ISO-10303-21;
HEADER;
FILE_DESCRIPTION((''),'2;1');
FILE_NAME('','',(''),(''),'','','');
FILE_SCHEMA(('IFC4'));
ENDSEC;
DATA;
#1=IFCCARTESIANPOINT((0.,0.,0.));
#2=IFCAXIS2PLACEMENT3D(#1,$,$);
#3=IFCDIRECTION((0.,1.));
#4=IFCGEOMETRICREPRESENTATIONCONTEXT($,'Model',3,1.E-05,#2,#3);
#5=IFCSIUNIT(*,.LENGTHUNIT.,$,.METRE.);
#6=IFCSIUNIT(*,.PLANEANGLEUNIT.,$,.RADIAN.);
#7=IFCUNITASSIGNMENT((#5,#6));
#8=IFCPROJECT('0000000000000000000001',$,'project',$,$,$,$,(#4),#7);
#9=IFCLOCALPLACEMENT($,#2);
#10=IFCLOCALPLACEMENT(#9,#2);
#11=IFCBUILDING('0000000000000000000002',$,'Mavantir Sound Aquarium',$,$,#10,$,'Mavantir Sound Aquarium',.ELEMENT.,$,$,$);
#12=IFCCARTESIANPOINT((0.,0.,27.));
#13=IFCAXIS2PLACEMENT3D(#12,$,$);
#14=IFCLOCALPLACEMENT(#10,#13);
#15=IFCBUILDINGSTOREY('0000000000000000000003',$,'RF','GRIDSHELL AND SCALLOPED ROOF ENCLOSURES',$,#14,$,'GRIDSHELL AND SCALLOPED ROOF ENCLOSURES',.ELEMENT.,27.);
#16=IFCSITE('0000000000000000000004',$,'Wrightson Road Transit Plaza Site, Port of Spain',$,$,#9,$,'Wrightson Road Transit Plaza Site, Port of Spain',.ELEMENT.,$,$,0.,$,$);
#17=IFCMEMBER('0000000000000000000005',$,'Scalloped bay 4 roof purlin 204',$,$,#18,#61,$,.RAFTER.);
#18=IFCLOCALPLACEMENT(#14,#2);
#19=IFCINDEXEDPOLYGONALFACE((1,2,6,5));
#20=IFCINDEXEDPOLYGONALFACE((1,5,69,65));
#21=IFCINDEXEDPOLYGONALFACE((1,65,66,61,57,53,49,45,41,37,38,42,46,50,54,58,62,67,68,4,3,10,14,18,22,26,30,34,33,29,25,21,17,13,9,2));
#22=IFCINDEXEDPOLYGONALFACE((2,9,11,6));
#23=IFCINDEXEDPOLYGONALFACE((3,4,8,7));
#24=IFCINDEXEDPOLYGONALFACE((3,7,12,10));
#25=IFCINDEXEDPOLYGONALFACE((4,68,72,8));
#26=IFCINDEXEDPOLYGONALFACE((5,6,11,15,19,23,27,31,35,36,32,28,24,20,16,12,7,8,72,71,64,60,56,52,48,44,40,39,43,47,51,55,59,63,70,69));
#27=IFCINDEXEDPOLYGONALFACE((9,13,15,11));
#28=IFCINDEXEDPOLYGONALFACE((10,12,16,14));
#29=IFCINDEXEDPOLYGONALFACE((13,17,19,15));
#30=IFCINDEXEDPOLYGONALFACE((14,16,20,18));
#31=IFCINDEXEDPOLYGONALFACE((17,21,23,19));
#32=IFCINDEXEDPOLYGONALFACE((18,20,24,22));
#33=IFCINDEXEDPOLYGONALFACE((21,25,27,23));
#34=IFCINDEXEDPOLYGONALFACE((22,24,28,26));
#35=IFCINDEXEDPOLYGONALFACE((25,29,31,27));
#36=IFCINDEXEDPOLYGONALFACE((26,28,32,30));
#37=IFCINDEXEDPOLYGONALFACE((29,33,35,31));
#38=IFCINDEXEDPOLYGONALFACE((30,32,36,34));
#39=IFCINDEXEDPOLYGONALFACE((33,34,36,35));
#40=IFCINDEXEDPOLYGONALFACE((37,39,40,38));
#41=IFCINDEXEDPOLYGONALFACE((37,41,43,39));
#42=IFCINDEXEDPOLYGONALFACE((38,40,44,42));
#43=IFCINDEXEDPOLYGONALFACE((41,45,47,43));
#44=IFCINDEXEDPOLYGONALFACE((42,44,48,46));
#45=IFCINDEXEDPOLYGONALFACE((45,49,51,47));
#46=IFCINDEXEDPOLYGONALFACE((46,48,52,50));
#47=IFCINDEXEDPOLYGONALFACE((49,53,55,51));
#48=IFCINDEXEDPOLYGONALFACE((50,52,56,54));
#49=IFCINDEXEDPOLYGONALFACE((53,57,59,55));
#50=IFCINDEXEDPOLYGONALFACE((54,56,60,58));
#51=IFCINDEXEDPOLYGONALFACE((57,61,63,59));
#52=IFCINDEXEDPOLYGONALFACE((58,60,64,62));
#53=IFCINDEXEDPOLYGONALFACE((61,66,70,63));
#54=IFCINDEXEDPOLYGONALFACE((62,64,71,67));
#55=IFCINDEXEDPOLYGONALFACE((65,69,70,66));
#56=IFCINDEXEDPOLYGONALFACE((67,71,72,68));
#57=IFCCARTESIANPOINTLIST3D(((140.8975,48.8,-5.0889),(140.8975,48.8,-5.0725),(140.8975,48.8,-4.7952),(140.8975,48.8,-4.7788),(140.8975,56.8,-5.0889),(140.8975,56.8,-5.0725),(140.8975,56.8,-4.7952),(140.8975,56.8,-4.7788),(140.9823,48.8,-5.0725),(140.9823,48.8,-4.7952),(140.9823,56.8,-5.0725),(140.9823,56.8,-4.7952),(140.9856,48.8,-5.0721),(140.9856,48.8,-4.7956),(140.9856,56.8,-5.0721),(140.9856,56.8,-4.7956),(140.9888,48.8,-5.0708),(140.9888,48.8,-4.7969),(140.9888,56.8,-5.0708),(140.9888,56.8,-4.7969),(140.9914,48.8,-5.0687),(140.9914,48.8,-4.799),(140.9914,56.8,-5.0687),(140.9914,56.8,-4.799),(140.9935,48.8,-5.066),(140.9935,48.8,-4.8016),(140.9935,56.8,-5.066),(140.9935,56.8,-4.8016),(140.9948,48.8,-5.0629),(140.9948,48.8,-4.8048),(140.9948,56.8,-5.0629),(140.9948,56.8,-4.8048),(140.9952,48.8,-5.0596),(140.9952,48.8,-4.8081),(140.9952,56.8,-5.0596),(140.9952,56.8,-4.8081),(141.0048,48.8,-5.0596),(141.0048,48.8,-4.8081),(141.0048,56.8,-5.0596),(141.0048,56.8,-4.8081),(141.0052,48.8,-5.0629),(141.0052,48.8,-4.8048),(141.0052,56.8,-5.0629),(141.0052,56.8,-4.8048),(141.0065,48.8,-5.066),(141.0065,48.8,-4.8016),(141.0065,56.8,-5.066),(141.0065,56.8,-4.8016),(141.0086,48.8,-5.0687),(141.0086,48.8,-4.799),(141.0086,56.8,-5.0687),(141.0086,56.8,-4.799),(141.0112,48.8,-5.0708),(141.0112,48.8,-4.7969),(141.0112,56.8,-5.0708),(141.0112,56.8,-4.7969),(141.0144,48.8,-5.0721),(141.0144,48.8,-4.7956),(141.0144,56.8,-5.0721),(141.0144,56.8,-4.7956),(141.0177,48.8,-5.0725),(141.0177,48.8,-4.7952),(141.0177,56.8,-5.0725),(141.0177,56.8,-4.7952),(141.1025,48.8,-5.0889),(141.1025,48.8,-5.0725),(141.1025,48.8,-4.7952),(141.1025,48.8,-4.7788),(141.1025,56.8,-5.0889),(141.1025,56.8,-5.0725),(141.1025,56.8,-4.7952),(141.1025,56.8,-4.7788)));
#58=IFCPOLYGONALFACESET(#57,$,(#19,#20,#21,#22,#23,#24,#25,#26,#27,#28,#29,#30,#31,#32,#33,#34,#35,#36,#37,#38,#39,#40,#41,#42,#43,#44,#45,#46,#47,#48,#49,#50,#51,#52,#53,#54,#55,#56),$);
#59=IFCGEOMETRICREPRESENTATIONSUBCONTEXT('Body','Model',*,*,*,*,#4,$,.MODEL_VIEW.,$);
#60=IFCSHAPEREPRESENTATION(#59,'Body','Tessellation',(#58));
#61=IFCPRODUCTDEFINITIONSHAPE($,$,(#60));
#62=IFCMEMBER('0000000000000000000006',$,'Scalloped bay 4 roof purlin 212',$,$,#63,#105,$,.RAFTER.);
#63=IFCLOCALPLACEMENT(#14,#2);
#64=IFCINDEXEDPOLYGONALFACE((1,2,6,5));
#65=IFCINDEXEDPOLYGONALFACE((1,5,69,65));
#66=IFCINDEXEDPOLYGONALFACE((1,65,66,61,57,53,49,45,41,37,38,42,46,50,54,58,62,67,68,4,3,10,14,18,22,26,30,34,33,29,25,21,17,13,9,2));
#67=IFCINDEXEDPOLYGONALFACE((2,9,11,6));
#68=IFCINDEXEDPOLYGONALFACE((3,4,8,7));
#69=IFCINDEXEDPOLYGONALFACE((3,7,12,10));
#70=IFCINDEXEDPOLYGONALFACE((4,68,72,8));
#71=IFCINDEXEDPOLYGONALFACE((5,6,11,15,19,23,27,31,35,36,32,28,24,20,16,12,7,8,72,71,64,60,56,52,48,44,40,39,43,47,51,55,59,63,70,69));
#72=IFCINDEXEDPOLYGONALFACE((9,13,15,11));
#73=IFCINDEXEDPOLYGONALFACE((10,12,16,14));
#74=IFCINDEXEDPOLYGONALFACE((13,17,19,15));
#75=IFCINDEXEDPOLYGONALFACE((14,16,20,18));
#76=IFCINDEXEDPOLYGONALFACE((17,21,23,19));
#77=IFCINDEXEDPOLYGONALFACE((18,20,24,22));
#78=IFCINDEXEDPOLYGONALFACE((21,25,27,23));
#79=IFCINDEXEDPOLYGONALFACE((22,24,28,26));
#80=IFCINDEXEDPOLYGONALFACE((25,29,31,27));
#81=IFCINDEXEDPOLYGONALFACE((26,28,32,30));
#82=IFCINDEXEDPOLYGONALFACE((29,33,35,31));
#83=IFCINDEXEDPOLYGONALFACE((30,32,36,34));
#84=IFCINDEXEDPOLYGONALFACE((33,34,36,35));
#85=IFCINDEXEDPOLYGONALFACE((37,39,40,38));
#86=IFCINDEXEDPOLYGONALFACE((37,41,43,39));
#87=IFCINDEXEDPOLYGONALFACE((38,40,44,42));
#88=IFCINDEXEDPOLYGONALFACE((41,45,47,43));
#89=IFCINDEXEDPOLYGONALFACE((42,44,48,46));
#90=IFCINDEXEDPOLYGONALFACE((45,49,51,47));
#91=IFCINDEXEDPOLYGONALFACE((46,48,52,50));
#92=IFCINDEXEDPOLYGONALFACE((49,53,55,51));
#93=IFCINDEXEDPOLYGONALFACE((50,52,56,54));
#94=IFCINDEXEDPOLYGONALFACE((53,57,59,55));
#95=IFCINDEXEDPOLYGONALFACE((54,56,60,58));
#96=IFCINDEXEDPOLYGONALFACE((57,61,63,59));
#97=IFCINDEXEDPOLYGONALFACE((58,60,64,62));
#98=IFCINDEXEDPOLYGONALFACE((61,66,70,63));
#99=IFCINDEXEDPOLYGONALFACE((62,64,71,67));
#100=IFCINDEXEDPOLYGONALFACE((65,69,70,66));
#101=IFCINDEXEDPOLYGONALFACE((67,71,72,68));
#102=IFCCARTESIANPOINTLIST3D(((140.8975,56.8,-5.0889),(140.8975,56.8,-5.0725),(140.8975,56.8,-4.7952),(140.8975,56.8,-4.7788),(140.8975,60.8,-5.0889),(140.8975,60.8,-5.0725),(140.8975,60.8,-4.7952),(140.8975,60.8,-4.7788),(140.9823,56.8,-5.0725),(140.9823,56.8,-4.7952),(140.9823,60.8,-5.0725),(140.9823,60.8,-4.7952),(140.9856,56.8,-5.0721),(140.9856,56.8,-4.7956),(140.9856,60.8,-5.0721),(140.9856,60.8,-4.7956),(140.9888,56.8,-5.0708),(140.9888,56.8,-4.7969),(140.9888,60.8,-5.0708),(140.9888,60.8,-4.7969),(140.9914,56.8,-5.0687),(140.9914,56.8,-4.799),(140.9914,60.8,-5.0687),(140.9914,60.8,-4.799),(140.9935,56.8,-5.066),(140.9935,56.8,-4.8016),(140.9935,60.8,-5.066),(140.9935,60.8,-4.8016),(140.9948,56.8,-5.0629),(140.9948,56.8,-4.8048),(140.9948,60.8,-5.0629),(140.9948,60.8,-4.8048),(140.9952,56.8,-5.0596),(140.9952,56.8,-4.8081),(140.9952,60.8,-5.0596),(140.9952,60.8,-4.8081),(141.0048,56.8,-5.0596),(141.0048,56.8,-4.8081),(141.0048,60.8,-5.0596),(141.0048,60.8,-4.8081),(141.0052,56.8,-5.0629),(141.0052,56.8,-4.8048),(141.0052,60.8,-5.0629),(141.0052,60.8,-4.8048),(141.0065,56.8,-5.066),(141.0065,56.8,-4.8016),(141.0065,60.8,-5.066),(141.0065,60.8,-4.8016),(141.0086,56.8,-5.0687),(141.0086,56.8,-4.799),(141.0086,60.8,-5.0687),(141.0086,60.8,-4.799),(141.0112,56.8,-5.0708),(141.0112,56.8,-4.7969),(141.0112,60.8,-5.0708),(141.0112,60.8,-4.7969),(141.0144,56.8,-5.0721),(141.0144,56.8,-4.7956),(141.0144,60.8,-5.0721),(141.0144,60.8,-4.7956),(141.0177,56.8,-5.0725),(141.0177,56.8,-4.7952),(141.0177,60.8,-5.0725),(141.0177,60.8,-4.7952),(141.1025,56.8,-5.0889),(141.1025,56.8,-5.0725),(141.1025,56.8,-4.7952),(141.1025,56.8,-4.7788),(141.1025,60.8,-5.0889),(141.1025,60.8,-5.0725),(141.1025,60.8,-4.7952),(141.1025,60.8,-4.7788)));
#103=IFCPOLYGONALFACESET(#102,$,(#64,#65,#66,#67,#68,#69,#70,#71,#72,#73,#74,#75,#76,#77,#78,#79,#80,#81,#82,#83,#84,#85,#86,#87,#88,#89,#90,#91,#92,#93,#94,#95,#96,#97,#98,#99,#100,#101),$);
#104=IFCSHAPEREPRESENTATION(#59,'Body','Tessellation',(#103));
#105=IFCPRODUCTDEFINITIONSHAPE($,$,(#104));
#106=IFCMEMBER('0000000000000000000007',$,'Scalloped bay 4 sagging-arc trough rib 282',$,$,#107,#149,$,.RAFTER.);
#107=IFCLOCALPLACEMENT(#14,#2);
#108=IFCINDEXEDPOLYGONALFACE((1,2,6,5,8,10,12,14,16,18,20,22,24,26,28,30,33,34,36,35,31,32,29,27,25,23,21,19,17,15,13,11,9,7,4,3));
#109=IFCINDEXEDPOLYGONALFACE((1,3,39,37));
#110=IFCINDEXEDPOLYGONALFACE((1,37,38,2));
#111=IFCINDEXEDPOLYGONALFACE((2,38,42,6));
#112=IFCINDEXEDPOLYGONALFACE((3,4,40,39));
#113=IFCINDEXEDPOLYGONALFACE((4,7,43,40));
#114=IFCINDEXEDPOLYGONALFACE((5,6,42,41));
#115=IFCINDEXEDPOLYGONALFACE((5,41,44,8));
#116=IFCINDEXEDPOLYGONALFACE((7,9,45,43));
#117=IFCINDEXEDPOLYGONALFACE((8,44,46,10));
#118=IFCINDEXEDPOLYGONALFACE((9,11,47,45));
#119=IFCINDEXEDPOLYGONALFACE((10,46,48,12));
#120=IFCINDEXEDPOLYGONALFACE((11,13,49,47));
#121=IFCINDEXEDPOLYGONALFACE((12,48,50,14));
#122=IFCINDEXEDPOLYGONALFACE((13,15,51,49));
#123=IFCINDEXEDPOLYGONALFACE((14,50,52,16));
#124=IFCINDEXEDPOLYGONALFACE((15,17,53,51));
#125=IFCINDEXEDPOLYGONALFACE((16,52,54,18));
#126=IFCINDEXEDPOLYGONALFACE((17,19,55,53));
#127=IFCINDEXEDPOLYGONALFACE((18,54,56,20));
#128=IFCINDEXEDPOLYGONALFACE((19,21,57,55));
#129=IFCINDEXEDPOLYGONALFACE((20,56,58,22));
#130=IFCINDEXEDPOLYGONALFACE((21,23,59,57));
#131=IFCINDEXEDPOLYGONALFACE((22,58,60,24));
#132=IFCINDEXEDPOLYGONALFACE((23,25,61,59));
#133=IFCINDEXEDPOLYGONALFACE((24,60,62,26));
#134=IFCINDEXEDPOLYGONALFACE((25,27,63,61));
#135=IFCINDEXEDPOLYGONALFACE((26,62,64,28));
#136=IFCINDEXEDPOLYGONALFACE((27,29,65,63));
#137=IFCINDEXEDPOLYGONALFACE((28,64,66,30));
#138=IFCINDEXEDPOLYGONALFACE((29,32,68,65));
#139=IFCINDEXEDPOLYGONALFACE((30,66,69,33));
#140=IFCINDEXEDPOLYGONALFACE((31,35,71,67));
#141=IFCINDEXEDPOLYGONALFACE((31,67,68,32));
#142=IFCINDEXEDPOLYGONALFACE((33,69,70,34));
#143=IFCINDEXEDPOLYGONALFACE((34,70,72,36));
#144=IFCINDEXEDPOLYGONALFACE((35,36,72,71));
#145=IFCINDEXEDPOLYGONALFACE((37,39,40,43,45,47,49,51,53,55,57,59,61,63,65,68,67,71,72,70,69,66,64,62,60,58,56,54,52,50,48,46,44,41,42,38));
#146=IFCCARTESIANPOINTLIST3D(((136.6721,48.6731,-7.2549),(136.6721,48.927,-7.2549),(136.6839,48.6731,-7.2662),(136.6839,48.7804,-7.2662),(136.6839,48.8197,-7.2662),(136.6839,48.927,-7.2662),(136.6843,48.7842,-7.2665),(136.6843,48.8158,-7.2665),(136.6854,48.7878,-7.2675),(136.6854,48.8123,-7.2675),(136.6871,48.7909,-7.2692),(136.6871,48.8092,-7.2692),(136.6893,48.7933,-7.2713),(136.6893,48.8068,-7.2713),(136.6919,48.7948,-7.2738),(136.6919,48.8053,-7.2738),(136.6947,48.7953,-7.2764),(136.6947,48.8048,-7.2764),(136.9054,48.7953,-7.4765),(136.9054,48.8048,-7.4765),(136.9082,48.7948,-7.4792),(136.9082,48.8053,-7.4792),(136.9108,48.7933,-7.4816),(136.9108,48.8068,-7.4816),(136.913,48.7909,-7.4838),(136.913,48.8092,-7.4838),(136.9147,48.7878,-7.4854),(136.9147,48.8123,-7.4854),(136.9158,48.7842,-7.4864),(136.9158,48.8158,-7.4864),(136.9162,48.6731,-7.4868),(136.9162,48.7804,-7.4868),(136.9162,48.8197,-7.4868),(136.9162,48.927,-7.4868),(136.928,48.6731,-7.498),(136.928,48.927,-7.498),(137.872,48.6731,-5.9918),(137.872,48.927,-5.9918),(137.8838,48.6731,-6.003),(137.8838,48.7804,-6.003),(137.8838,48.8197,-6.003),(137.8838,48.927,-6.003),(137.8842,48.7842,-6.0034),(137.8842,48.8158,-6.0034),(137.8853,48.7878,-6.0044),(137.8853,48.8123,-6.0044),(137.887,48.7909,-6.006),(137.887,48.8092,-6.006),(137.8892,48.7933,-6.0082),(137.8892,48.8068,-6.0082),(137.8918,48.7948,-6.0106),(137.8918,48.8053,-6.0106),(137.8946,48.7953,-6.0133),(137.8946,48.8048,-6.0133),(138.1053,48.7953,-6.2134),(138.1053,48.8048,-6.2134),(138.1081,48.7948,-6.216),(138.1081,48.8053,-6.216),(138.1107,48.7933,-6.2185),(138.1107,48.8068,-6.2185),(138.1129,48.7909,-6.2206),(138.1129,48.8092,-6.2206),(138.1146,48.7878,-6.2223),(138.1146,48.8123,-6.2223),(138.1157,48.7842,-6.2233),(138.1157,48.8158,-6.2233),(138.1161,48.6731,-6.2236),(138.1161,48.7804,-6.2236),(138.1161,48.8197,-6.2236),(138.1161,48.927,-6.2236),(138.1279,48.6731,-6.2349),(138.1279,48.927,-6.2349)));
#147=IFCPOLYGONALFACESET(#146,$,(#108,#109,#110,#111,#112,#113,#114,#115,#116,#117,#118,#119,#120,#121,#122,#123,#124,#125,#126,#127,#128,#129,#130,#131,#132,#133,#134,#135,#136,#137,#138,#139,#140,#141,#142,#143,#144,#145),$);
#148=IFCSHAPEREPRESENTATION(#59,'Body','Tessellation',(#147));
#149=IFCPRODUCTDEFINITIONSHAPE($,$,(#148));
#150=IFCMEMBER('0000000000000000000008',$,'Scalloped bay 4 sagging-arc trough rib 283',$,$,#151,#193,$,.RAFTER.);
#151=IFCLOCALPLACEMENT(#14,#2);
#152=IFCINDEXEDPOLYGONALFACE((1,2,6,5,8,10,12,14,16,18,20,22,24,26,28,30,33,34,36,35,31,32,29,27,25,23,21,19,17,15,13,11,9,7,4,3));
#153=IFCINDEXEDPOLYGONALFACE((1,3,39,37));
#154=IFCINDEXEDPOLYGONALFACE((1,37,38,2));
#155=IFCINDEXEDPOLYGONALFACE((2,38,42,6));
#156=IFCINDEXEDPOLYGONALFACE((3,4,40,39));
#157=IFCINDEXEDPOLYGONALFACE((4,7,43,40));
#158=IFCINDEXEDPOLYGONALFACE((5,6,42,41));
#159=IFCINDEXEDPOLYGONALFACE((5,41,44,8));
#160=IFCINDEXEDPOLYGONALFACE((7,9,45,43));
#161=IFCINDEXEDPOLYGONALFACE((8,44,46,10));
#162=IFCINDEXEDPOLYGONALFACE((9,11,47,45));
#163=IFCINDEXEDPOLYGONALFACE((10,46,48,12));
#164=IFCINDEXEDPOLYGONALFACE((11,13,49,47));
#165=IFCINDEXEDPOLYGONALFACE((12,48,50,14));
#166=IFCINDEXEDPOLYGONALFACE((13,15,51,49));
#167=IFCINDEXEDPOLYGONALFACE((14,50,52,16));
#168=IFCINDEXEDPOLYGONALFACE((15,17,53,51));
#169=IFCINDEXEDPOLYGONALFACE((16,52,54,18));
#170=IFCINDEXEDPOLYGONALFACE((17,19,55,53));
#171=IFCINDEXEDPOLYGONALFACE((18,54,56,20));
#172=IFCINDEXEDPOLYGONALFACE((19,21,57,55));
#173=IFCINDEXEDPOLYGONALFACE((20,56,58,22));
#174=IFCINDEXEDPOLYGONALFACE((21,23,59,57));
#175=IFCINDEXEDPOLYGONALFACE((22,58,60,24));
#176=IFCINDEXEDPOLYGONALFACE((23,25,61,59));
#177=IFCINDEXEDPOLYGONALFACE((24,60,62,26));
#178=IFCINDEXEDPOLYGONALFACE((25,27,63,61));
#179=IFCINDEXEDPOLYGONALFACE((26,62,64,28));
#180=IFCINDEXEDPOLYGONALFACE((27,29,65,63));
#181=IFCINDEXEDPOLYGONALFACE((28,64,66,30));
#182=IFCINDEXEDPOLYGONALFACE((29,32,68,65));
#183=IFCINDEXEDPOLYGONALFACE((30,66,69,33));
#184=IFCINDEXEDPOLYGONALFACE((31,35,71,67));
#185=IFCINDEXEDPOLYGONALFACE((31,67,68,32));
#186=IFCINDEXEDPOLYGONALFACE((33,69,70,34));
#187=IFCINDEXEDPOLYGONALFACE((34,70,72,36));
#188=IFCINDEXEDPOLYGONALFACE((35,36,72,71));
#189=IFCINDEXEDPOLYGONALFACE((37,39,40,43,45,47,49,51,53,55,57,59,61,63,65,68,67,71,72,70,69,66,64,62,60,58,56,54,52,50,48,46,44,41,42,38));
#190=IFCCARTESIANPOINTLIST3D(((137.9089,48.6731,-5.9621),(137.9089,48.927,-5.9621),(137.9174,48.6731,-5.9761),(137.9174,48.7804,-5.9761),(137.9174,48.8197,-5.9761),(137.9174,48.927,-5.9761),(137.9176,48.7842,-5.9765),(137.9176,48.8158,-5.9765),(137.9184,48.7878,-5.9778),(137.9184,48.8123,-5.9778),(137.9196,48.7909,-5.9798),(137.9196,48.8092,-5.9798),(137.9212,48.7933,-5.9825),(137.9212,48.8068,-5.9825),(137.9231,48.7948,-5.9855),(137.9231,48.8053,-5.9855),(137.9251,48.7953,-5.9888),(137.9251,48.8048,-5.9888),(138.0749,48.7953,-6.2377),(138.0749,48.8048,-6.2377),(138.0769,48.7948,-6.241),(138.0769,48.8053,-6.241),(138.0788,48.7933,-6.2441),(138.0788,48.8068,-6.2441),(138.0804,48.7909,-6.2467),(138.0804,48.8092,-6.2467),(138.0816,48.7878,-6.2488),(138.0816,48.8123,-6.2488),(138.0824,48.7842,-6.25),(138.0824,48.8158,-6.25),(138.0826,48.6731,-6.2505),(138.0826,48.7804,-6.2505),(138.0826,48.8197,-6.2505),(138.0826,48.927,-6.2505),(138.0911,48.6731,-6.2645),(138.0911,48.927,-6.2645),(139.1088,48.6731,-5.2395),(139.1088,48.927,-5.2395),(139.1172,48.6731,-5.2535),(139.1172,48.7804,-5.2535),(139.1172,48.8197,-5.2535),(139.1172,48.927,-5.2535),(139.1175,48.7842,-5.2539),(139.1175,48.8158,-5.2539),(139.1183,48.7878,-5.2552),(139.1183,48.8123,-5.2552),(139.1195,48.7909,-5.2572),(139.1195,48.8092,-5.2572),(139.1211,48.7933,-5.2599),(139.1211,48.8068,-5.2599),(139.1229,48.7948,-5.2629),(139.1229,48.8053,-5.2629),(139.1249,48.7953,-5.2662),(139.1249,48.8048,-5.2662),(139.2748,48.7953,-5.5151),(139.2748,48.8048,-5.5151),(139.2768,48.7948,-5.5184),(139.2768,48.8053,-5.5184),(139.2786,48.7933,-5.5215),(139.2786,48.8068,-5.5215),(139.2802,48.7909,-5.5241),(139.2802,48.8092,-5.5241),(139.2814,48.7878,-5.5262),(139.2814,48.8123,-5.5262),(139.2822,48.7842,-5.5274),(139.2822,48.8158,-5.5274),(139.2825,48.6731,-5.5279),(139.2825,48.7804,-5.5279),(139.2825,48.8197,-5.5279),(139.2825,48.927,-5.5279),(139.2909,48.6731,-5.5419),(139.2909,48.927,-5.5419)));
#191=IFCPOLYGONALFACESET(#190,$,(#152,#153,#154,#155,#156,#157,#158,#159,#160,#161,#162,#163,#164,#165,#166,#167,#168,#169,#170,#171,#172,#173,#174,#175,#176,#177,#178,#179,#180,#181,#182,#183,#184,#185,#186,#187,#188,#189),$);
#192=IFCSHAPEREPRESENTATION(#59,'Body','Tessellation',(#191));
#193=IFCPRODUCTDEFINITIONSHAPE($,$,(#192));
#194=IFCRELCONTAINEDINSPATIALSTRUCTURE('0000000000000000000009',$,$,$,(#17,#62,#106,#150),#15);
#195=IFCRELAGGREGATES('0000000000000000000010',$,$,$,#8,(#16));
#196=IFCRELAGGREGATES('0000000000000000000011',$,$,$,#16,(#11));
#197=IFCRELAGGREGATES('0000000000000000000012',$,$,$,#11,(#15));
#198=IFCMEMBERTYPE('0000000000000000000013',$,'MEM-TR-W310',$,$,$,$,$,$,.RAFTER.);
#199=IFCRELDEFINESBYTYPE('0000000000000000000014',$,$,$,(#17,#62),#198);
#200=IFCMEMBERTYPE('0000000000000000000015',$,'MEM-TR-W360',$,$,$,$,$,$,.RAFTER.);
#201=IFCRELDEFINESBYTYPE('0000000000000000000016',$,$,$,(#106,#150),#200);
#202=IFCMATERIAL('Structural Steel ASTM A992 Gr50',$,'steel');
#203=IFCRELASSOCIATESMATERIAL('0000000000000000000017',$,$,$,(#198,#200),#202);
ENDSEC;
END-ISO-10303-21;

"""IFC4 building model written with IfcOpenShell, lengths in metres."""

from ifc_helpers import new_model, si_unit, direction, frame, origin, origin_2d, place, context, subcontext, project, spatial, i_section, extrude, material, material_profile, profile_set, type_object, element, save


model = new_model("IFC4")

# Units and contexts
model_context = context("Model", 3, precision=1e-05, world=origin(), true_north=direction((0.0, 1.0)))
body_context = subcontext(model_context, "Body", "Model", "MODEL_VIEW")
ifc_project = project(units=[si_unit("LENGTHUNIT", "METRE"), si_unit("PLANEANGLEUNIT", "RADIAN")], contexts=[model_context])

# Site, building, storey
site_placement = place(None, origin())
site = spatial("IfcSite", under=ifc_project, at=site_placement, Name="Wrightson Road Transit Plaza Site, Port of Spain", LongName="Wrightson Road Transit Plaza Site, Port of Spain", CompositionType="ELEMENT", RefElevation=0.0)
building_placement = place(site_placement, origin())
building = spatial("IfcBuilding", under=site, at=building_placement, Name="Mavantir Sound Aquarium", LongName="Mavantir Sound Aquarium", CompositionType="ELEMENT")
storey_placement = place(building_placement, frame((0.0, 0.0, 27.0)))
storey = spatial("IfcBuildingStorey", under=building, at=storey_placement, Name="RF", Description="GRIDSHELL AND SCALLOPED ROOF ENCLOSURES", LongName="GRIDSHELL AND SCALLOPED ROOF ENCLOSURES", CompositionType="ELEMENT", Elevation=27.0)

# Shared definitions
ifc_material_1 = material(Name="Structural Steel ASTM A992 Gr50", Category="steel")

# Members
ifc_material_profile_1 = material_profile(ifc_material_1, i_section(OverallWidth=0.2051, OverallDepth=0.3101, WebThickness=0.0095, FlangeThickness=0.0164, FilletRadius=0.0129, at=origin_2d()), Name="W310X74")
ifc_profile_set_1 = profile_set([ifc_material_profile_1], Name="Structural Steel ASTM A992 Gr50")
member_type_1 = type_object("IfcMemberType", Name="MEM-TR-W310", PredefinedType="RAFTER", material=ifc_profile_set_1)
member_1_placement = place(storey_placement, frame((141.0, 48.8, -4.9338), z_axis=(0.0, 1.0, 0.0), x_axis=(-1.0, 0.0, 0.0)))
element("IfcMember", 1, at=member_1_placement, inside=storey, type_object=member_type_1, Name="Scalloped bay 4 roof purlin 204", PredefinedType="RAFTER", context=body_context, shape_type="SweptSolid", body=[
    extrude(i_section(OverallWidth=0.2051, OverallDepth=0.3101, WebThickness=0.0095, FlangeThickness=0.0164, FilletRadius=0.0129, at=origin_2d()), origin(), (0.0, 0.0, 1.0), 8.0),
])
member_2_placement = place(storey_placement, frame((141.0, 56.8, -4.9338), z_axis=(0.0, 1.0, 0.0), x_axis=(-1.0, 0.0, 0.0)))
element("IfcMember", 2, at=member_2_placement, inside=storey, type_object=member_type_1, Name="Scalloped bay 4 roof purlin 212", PredefinedType="RAFTER", context=body_context, shape_type="SweptSolid", body=[
    extrude(i_section(OverallWidth=0.2051, OverallDepth=0.3101, WebThickness=0.0095, FlangeThickness=0.0164, FilletRadius=0.0129, at=origin_2d()), origin(), (0.0, 0.0, 1.0), 4.0),
])
ifc_material_profile_2 = material_profile(ifc_material_1, i_section(OverallWidth=0.2539, OverallDepth=0.353, WebThickness=0.0095, FlangeThickness=0.0164, FilletRadius=0.0149, at=origin_2d()), Name="W360X91")
ifc_profile_set_2 = profile_set([ifc_material_profile_2], Name="Structural Steel ASTM A992 Gr50")
member_type_2 = type_object("IfcMemberType", Name="MEM-TR-W360", PredefinedType="RAFTER", material=ifc_profile_set_2)
member_3_placement = place(storey_placement, frame((136.8, 48.8, -7.3765), z_axis=(0.688727, 0.0, 0.72502), x_axis=(0.0, 1.0, 0.0)))
element("IfcMember", 3, at=member_3_placement, inside=storey, type_object=member_type_2, Name="Scalloped bay 4 sagging-arc trough rib 282", PredefinedType="RAFTER", context=body_context, shape_type="SweptSolid", body=[
    extrude(i_section(OverallWidth=0.2539, OverallDepth=0.353, WebThickness=0.0095, FlangeThickness=0.0164, FilletRadius=0.0149, at=origin_2d()), origin(), (0.0, 0.0, 1.0), 1.7422),
])
member_4_placement = place(storey_placement, frame((138.0, 48.8, -6.1133), z_axis=(0.856646, 0.0, 0.515905), x_axis=(0.0, 1.0, 0.0)))
element("IfcMember", 4, at=member_4_placement, inside=storey, type_object=member_type_2, Name="Scalloped bay 4 sagging-arc trough rib 283", PredefinedType="RAFTER", context=body_context, shape_type="SweptSolid", body=[
    extrude(i_section(OverallWidth=0.2539, OverallDepth=0.353, WebThickness=0.0095, FlangeThickness=0.0164, FilletRadius=0.0149, at=origin_2d()), origin(), (0.0, 0.0, 1.0), 1.4006),
])

save(model, "model.ifc")
